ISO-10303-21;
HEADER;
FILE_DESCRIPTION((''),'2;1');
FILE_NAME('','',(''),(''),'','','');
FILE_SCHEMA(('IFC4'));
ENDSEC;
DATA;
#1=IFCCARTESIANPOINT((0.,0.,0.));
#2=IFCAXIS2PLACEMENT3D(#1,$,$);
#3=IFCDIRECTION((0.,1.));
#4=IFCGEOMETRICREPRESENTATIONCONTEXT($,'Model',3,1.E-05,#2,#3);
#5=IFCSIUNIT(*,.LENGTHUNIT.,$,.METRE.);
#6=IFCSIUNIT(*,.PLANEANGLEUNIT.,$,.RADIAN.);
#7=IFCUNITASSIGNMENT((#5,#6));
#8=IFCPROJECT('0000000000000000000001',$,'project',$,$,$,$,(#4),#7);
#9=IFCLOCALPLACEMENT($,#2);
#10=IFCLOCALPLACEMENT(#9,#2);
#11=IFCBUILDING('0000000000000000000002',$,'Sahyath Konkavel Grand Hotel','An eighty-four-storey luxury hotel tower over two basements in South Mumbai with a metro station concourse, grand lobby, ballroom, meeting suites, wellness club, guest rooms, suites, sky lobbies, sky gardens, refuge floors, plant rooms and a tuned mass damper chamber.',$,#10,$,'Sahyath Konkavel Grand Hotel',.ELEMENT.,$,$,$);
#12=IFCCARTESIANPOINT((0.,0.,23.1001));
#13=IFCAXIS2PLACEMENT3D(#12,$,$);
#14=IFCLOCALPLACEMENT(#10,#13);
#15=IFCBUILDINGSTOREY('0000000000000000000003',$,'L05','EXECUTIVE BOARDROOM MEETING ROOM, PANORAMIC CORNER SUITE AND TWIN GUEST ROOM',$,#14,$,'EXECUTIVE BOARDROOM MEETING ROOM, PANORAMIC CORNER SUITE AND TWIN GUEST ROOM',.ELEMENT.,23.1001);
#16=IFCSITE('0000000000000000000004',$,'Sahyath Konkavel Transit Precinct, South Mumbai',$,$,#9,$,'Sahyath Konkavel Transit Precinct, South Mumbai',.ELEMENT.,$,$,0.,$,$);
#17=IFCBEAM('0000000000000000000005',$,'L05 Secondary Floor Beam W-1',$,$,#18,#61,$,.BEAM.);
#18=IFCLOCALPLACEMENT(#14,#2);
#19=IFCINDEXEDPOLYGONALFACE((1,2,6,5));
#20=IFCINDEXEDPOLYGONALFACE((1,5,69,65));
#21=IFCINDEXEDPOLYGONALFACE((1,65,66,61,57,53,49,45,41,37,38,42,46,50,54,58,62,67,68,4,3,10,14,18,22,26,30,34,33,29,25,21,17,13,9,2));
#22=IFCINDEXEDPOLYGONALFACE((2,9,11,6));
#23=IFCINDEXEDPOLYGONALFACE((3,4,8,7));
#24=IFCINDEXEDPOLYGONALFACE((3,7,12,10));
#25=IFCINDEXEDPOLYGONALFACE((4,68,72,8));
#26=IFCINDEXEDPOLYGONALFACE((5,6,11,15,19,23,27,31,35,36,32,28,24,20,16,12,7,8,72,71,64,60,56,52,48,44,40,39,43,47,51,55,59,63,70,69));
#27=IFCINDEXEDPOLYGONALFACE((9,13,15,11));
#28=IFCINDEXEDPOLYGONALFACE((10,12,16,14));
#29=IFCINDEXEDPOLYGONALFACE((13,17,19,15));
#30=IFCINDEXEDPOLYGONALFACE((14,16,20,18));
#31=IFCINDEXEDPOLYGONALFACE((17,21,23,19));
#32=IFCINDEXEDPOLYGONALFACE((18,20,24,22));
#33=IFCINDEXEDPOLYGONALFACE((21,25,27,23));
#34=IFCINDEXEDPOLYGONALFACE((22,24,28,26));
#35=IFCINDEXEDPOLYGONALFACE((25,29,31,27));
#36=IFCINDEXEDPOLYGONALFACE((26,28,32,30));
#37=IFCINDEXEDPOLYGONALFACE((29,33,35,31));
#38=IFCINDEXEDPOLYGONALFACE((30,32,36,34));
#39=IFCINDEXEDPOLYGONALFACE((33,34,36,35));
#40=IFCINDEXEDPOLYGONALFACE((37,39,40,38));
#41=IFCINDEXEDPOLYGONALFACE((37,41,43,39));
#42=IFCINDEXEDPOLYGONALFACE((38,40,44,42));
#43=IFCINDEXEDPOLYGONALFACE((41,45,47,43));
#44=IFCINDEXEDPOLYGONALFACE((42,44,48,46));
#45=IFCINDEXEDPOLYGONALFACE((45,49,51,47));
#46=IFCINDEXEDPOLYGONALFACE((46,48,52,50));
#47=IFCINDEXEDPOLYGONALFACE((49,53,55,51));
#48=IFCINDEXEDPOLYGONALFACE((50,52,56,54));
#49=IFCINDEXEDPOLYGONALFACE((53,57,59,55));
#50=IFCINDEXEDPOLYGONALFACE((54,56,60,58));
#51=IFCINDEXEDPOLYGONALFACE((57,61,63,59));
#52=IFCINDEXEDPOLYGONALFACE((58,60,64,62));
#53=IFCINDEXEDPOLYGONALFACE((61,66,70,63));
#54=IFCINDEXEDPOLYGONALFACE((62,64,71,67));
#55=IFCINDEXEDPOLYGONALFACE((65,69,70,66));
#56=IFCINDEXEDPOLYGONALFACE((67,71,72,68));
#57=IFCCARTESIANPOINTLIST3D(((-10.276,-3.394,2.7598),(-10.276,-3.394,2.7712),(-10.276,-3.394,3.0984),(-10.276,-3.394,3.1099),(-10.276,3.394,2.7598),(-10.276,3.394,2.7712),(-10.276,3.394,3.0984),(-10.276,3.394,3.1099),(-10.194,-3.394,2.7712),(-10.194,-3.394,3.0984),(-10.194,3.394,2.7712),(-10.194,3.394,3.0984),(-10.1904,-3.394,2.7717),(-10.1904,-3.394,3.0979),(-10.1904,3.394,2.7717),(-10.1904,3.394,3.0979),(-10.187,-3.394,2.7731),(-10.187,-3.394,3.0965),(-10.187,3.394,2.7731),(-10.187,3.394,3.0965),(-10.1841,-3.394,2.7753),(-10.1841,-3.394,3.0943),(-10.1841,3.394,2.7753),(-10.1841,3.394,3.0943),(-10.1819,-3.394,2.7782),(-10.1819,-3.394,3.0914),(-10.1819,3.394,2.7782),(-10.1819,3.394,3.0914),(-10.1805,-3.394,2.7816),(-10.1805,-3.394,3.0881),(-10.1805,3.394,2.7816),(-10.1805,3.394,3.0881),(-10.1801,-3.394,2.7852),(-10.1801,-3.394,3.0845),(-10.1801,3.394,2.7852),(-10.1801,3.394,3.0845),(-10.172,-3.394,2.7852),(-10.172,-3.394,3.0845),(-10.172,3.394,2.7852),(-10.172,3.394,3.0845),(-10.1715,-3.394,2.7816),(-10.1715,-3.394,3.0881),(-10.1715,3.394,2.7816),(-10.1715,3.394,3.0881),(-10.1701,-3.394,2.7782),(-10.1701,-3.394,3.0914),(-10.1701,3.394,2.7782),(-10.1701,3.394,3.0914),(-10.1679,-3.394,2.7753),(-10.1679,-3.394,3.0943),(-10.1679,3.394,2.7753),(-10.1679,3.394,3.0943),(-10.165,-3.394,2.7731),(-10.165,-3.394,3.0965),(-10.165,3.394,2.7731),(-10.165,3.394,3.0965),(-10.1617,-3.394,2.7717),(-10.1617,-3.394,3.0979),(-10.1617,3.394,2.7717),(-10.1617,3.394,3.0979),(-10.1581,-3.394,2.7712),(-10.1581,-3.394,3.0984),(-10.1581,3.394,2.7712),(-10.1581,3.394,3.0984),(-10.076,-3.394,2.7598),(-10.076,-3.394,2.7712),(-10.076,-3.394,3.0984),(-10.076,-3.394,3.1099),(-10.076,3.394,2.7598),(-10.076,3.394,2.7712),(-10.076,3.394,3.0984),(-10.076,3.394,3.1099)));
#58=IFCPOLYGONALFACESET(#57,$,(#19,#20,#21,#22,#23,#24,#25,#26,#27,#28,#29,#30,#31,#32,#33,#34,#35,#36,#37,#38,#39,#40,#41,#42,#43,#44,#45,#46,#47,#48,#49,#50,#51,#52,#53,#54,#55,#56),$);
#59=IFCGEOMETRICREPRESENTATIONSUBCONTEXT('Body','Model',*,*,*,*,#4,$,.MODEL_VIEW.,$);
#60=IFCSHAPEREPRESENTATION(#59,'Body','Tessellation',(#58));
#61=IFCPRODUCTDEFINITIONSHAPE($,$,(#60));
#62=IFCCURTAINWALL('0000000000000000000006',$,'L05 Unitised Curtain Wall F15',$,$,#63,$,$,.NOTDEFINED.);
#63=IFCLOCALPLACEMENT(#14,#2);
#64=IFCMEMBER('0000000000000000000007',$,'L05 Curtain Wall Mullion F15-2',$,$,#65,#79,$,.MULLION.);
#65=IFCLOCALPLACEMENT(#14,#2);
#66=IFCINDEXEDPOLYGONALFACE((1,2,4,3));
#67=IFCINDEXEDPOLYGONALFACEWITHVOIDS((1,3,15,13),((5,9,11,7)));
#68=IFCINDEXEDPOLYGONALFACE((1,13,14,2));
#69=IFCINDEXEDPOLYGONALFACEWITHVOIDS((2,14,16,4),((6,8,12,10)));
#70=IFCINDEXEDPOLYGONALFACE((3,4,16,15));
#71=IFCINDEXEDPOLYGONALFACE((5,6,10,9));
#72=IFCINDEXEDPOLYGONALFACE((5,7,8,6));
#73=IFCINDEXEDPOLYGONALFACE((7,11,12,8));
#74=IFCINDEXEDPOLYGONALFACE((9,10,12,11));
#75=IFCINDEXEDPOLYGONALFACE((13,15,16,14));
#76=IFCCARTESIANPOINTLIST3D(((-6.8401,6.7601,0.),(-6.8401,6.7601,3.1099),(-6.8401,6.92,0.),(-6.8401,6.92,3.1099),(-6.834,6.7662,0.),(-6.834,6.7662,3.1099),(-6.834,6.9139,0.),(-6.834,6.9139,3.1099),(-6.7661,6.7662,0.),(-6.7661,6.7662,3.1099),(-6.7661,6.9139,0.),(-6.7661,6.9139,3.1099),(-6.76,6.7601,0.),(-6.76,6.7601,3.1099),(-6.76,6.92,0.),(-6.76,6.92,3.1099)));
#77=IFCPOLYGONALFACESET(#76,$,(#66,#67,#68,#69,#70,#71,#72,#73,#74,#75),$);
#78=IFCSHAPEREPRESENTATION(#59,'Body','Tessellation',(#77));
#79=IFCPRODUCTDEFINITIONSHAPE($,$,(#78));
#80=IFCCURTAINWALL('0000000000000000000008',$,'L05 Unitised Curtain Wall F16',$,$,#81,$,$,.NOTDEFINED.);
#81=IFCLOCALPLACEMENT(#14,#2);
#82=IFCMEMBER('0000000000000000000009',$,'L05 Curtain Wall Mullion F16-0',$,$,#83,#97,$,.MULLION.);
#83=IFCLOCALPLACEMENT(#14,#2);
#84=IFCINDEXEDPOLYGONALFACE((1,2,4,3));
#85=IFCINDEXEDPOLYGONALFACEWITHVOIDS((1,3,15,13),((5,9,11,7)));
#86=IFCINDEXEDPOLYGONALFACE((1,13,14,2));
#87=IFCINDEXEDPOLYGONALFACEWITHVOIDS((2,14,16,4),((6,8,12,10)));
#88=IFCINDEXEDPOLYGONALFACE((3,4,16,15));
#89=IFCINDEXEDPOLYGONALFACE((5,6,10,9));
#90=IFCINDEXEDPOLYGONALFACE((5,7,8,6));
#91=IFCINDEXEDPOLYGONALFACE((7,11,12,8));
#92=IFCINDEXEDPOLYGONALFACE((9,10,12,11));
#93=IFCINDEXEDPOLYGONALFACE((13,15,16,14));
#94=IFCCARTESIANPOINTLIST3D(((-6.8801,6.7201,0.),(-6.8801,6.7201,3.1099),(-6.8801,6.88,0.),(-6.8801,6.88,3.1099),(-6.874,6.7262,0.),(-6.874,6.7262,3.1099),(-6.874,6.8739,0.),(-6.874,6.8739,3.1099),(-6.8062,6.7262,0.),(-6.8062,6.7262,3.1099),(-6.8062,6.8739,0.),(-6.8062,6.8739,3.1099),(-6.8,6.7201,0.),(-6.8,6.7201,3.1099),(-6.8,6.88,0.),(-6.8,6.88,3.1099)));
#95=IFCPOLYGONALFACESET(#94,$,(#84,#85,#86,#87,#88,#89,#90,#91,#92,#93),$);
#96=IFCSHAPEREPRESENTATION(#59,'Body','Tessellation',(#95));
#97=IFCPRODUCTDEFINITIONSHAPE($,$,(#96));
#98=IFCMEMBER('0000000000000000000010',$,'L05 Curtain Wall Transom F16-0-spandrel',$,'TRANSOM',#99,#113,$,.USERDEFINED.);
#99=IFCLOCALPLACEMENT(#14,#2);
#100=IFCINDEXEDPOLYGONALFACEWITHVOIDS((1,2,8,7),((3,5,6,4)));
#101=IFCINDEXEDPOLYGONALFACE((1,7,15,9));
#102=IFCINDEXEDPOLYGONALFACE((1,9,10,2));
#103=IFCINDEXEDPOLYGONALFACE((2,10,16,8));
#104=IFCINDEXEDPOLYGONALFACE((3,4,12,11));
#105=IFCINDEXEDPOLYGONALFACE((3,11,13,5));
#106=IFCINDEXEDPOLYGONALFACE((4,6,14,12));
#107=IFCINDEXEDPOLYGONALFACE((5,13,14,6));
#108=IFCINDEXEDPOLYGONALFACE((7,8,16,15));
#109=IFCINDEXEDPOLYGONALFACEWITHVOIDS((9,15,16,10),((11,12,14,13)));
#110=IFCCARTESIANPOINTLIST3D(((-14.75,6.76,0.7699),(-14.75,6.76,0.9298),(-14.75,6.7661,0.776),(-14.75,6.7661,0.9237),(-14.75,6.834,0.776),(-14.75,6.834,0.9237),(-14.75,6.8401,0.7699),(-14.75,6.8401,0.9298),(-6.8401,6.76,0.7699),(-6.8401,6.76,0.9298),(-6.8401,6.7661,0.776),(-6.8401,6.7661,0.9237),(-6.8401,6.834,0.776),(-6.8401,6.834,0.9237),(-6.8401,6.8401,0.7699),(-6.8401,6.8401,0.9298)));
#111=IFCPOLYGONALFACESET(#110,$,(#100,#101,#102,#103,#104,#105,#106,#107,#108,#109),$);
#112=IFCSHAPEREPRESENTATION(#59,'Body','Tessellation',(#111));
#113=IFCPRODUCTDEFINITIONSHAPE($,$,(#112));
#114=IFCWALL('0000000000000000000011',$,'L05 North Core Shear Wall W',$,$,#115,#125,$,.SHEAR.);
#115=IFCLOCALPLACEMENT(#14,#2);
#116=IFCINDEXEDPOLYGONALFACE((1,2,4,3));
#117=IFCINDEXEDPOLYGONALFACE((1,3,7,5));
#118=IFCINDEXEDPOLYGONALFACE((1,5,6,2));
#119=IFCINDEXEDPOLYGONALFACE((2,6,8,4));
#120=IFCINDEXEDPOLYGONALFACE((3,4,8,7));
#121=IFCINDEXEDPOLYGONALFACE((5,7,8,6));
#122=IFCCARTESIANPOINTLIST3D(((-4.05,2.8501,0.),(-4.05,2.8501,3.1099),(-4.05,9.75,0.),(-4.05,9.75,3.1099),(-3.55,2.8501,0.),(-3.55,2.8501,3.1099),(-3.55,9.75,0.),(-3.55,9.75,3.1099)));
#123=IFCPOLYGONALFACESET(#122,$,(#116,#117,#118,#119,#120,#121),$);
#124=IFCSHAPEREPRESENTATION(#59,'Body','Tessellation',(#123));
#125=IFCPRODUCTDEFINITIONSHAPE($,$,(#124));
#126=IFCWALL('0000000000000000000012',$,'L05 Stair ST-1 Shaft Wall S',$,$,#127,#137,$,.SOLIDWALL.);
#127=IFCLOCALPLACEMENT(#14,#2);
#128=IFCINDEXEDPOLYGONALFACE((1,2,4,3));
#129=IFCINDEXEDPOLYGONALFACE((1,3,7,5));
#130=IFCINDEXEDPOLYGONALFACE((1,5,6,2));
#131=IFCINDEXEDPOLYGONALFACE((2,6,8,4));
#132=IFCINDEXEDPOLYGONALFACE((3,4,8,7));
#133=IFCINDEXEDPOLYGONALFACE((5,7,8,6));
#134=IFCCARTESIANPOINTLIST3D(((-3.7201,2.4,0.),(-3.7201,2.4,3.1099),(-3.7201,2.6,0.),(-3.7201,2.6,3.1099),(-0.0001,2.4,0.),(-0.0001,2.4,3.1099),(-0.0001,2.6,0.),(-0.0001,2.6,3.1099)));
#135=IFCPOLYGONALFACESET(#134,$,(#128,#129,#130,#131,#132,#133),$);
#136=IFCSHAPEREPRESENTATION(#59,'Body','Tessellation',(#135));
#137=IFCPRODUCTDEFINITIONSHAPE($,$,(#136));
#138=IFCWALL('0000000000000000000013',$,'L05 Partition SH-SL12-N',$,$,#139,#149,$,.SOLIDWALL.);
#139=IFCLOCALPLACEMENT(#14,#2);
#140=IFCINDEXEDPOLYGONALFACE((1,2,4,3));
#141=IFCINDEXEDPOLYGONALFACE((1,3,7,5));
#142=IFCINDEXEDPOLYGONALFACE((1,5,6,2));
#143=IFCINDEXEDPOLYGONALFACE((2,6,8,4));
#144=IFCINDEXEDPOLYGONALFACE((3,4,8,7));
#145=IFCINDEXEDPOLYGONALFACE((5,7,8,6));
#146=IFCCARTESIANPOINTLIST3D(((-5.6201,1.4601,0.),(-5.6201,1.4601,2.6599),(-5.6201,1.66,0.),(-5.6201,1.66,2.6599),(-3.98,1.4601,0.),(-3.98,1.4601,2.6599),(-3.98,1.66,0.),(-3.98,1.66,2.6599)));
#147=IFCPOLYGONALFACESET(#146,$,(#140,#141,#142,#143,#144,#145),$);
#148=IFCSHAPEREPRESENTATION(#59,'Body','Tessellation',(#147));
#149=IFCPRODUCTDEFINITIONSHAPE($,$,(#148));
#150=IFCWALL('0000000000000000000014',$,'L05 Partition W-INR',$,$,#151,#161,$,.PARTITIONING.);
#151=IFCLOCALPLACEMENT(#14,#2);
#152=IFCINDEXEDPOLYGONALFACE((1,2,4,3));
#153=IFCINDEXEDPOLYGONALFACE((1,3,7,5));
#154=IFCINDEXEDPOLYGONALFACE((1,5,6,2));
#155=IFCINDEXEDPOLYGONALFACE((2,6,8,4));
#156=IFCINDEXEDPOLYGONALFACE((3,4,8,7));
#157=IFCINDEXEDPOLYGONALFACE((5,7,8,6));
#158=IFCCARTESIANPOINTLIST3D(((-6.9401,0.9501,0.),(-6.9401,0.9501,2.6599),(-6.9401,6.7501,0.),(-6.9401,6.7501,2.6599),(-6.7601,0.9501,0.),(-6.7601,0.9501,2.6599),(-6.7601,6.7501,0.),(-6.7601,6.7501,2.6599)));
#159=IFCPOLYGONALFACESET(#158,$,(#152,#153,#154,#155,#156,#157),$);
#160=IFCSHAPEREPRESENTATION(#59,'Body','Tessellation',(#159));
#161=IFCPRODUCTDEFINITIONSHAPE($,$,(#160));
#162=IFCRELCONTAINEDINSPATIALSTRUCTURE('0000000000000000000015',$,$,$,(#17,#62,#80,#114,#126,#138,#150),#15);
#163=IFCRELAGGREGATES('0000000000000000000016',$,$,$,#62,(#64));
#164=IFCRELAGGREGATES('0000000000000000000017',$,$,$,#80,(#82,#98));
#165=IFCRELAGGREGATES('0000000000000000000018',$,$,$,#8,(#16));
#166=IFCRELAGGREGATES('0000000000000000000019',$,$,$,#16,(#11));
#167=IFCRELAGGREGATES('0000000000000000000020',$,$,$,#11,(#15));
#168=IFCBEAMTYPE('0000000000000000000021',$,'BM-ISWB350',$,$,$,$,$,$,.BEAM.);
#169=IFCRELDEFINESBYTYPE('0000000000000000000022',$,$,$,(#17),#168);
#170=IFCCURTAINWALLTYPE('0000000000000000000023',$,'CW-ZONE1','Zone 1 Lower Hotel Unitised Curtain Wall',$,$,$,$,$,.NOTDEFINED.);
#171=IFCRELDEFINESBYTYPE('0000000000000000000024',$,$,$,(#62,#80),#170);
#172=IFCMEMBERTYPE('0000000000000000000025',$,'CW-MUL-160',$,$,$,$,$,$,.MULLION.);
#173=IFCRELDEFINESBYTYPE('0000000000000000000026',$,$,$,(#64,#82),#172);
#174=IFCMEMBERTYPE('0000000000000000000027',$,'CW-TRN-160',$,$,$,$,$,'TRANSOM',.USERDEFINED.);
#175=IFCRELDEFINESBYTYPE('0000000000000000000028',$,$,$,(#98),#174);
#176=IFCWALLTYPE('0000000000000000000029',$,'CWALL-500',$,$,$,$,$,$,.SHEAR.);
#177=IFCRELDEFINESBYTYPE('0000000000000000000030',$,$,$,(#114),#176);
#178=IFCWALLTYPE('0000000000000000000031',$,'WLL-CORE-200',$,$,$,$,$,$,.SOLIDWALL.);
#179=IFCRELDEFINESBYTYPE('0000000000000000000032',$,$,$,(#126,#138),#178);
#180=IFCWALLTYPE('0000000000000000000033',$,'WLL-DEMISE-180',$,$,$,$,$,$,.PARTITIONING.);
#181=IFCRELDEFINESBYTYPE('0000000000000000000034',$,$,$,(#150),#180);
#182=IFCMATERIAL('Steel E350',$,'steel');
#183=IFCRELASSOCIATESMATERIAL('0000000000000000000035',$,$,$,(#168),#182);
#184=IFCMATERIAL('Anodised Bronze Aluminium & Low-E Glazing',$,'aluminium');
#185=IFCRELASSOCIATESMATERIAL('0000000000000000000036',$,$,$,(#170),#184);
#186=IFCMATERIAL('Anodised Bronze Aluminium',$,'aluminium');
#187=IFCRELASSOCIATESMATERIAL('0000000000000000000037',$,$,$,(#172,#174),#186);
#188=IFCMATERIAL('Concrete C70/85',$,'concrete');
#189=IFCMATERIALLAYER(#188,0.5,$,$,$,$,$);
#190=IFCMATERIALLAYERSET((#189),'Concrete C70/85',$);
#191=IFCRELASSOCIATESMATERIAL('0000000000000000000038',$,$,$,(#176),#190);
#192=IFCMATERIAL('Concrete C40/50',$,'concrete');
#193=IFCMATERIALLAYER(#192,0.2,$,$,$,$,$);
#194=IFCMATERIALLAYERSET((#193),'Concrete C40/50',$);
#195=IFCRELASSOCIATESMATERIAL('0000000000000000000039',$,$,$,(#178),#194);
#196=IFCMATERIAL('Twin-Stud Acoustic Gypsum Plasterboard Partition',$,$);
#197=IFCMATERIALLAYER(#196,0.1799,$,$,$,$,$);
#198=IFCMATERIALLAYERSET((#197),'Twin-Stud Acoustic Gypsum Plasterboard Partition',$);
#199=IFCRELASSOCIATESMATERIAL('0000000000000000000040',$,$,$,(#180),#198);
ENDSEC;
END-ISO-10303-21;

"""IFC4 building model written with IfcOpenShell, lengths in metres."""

from ifc_helpers import new_model, si_unit, direction, frame, frame_2d, origin, origin_2d, place, context, subcontext, project, spatial, rectangle, hollow_rectangle, i_section, extrude, source, transform, mapped, material, layer, layer_set, material_profile, profile_set, type_object, element, aggregate, save


model = new_model("IFC4")

# Units and contexts
model_context = context("Model", 3, precision=1e-05, world=origin(), true_north=direction((0.0, 1.0)))
body_context = subcontext(model_context, "Body", "Model", "MODEL_VIEW")
ifc_project = project(units=[si_unit("LENGTHUNIT", "METRE"), si_unit("PLANEANGLEUNIT", "RADIAN")], contexts=[model_context])

# Site, building, storey
site_placement = place(None, origin())
site = spatial("IfcSite", under=ifc_project, at=site_placement, Name="Sahyath Konkavel Transit Precinct, South Mumbai", LongName="Sahyath Konkavel Transit Precinct, South Mumbai", CompositionType="ELEMENT", RefElevation=0.0)
building_placement = place(site_placement, origin())
building = spatial("IfcBuilding", under=site, at=building_placement, Name="Sahyath Konkavel Grand Hotel", Description="An eighty-four-storey luxury hotel tower over two basements in South Mumbai with a metro station concourse, grand lobby, ballroom, meeting suites, wellness club, guest rooms, suites, sky lobbies, sky gardens, refuge floors, plant rooms and a tuned mass damper chamber.", LongName="Sahyath Konkavel Grand Hotel", CompositionType="ELEMENT")
storey_placement = place(building_placement, frame((0.0, 0.0, 23.1001)))
storey = spatial("IfcBuildingStorey", under=building, at=storey_placement, Name="L05", Description="EXECUTIVE BOARDROOM MEETING ROOM, PANORAMIC CORNER SUITE AND TWIN GUEST ROOM", LongName="EXECUTIVE BOARDROOM MEETING ROOM, PANORAMIC CORNER SUITE AND TWIN GUEST ROOM", CompositionType="ELEMENT", Elevation=23.1001)

# Shared definitions
ifc_material_1 = material(Name="Concrete C70/85", Category="concrete")

# Beam
ifc_material_2 = material(Name="Steel E350", Category="steel")
ifc_material_profile_1 = material_profile(ifc_material_2, i_section(OverallWidth=0.2, OverallDepth=0.3501, WebThickness=0.0081, FlangeThickness=0.0115, FilletRadius=0.0139, at=origin_2d()), Name="ISWB 350")
ifc_profile_set_1 = profile_set([ifc_material_profile_1], Name="Steel E350")
beam_type_1 = type_object("IfcBeamType", Name="BM-ISWB350", PredefinedType="BEAM", material=ifc_profile_set_1)
shared_shape_1 = source(origin(), body_context, "Body", "SweptSolid", [
    extrude(i_section(OverallWidth=0.2, OverallDepth=0.3501, WebThickness=0.0081, FlangeThickness=0.0115, FilletRadius=0.0139, at=origin_2d()), origin(), (0.0, 0.0, 1.0), 6.7881),
])
beam_1_placement = place(storey_placement, frame((-10.176, 3.394, 2.9348), z_axis=(0.0, -1.0, 0.0), x_axis=(1.0, 0.0, 0.0)))
element("IfcBeam", 1, at=beam_1_placement, inside=storey, type_object=beam_type_1, Name="L05 Secondary Floor Beam W-1", PredefinedType="BEAM", context=body_context, shape_type="MappedRepresentation", body=[
    mapped(shared_shape_1, transform((0.0, 0.0, 0.0), scale=1.0)),
])

# Curtain wall, member
ifc_material_3 = material(Name="Anodised Bronze Aluminium & Low-E Glazing", Category="aluminium")
curtain_wall_type = type_object("IfcCurtainWallType", Name="CW-ZONE1", Description="Zone 1 Lower Hotel Unitised Curtain Wall", PredefinedType="NOTDEFINED", material=ifc_material_3)
curtain_wall_1_placement = place(storey_placement, origin())
curtain_wall_1 = element("IfcCurtainWall", 2, at=curtain_wall_1_placement, inside=storey, type_object=curtain_wall_type, Name="L05 Unitised Curtain Wall F15", PredefinedType="NOTDEFINED")
ifc_material_4 = material(Name="Anodised Bronze Aluminium", Category="aluminium")
ifc_material_profile_2 = material_profile(ifc_material_4, hollow_rectangle(XDim=0.0801, YDim=0.1599, WallThickness=0.0061, at=origin_2d()), Name="RHS 160x80x6")
ifc_profile_set_2 = profile_set([ifc_material_profile_2], Name="Anodised Bronze Aluminium")
member_type_1 = type_object("IfcMemberType", Name="CW-MUL-160", PredefinedType="MULLION", material=ifc_profile_set_2)
shared_shape_2 = source(origin(), body_context, "Body", "SweptSolid", [
    extrude(hollow_rectangle(XDim=0.0801, YDim=0.1599, WallThickness=0.0061, at=origin_2d()), origin(), (0.0, 0.0, 1.0), 3.1099),
])
member_1_placement = place(storey_placement, frame((-6.8, 6.8401, 0.0), z_axis=(0.0, 0.0, 1.0), x_axis=(1.0, 0.0, 0.0)))
member_1 = element("IfcMember", 3, at=member_1_placement, type_object=member_type_1, Name="L05 Curtain Wall Mullion F15-2", PredefinedType="MULLION", context=body_context, shape_type="MappedRepresentation", body=[
    mapped(shared_shape_2, transform((0.0, 0.0, 0.0), scale=1.0)),
])
aggregate(curtain_wall_1, [member_1])

# Curtain wall, members
curtain_wall_2_placement = place(storey_placement, origin())
curtain_wall_2 = element("IfcCurtainWall", 4, at=curtain_wall_2_placement, inside=storey, type_object=curtain_wall_type, Name="L05 Unitised Curtain Wall F16", PredefinedType="NOTDEFINED")
member_2_placement = place(storey_placement, frame((-6.8401, 6.8, 0.0), z_axis=(0.0, 0.0, 1.0), x_axis=(1.0, 0.0, 0.0)))
member_2 = element("IfcMember", 5, at=member_2_placement, type_object=member_type_1, Name="L05 Curtain Wall Mullion F16-0", PredefinedType="MULLION", context=body_context, shape_type="MappedRepresentation", body=[
    mapped(shared_shape_2, transform((0.0, 0.0, 0.0), scale=1.0)),
])
ifc_material_profile_3 = material_profile(ifc_material_4, hollow_rectangle(XDim=0.0801, YDim=0.1599, WallThickness=0.0061, at=origin_2d()), Name="RHS 160x80x6")
ifc_profile_set_3 = profile_set([ifc_material_profile_3], Name="Anodised Bronze Aluminium")
member_type_2 = type_object("IfcMemberType", Name="CW-TRN-160", ElementType="TRANSOM", PredefinedType="USERDEFINED", material=ifc_profile_set_3)
shared_shape_3 = source(origin(), body_context, "Body", "SweptSolid", [
    extrude(hollow_rectangle(XDim=0.0801, YDim=0.1599, WallThickness=0.0061, at=origin_2d()), origin(), (0.0, 0.0, 1.0), 7.9099),
])
member_3_placement = place(storey_placement, frame((-6.8401, 6.8, 0.8499), z_axis=(-1.0, 0.0, 0.0), x_axis=(0.0, -1.0, 0.0)))
member_3 = element("IfcMember", 6, at=member_3_placement, type_object=member_type_2, Name="L05 Curtain Wall Transom F16-0-spandrel", ObjectType="TRANSOM", PredefinedType="USERDEFINED", context=body_context, shape_type="MappedRepresentation", body=[
    mapped(shared_shape_3, transform((0.0, 0.0, 0.0), scale=1.0)),
])
aggregate(curtain_wall_2, [member_2, member_3])

# Walls
ifc_layer_1 = layer(ifc_material_1, 0.5)
ifc_layer_set_1 = layer_set([ifc_layer_1], Name="Concrete C70/85")
wall_type_1 = type_object("IfcWallType", Name="CWALL-500", PredefinedType="SHEAR", material=ifc_layer_set_1)
wall_1_placement = place(storey_placement, frame((-3.8, 2.8501, 0.0), z_axis=(0.0, 0.0, 1.0), x_axis=(0.0, 1.0, 0.0)))
element("IfcWall", 7, at=wall_1_placement, inside=storey, type_object=wall_type_1, Name="L05 North Core Shear Wall W", PredefinedType="SHEAR", context=body_context, shape_type="SweptSolid", body=[
    extrude(rectangle(XDim=6.8999, YDim=0.5, at=frame_2d((3.45, 0.0))), origin(), (0.0, 0.0, 1.0), 3.1099),
])
ifc_material_5 = material(Name="Concrete C40/50", Category="concrete")
ifc_layer_2 = layer(ifc_material_5, 0.2)
ifc_layer_set_2 = layer_set([ifc_layer_2], Name="Concrete C40/50")
wall_type_2 = type_object("IfcWallType", Name="WLL-CORE-200", PredefinedType="SOLIDWALL", material=ifc_layer_set_2)
wall_2_placement = place(storey_placement, frame((-3.72, 2.5, 0.0), z_axis=(0.0, 0.0, 1.0), x_axis=(1.0, 0.0, 0.0)))
element("IfcWall", 8, at=wall_2_placement, inside=storey, type_object=wall_type_2, Name="L05 Stair ST-1 Shaft Wall S", PredefinedType="SOLIDWALL", context=body_context, shape_type="SweptSolid", body=[
    extrude(rectangle(XDim=3.72, YDim=0.2, at=frame_2d((1.8599, 0.0))), origin(), (0.0, 0.0, 1.0), 3.1099),
])
wall_3_placement = place(storey_placement, frame((-5.6201, 1.5601, 0.0), z_axis=(0.0, 0.0, 1.0), x_axis=(1.0, 0.0, 0.0)))
element("IfcWall", 9, at=wall_3_placement, inside=storey, type_object=wall_type_2, Name="L05 Partition SH-SL12-N", PredefinedType="SOLIDWALL", context=body_context, shape_type="SweptSolid", body=[
    extrude(rectangle(XDim=1.6401, YDim=0.2, at=frame_2d((0.8201, 0.0))), origin(), (0.0, 0.0, 1.0), 2.6599),
])
ifc_material_6 = material(Name="Twin-Stud Acoustic Gypsum Plasterboard Partition")
ifc_layer_3 = layer(ifc_material_6, 0.1799)
ifc_layer_set_3 = layer_set([ifc_layer_3], Name="Twin-Stud Acoustic Gypsum Plasterboard Partition")
wall_type_3 = type_object("IfcWallType", Name="WLL-DEMISE-180", PredefinedType="PARTITIONING", material=ifc_layer_set_3)
wall_4_placement = place(storey_placement, frame((-6.8501, 6.75, 0.0), z_axis=(0.0, 0.0, 1.0), x_axis=(0.0, -1.0, 0.0)))
element("IfcWall", 10, at=wall_4_placement, inside=storey, type_object=wall_type_3, Name="L05 Partition W-INR", PredefinedType="PARTITIONING", context=body_context, shape_type="SweptSolid", body=[
    extrude(rectangle(XDim=5.8, YDim=0.1799, at=frame_2d((2.8999, 0.0))), origin(), (0.0, 0.0, 1.0), 2.6599),
])

save(model, "model.ifc")
